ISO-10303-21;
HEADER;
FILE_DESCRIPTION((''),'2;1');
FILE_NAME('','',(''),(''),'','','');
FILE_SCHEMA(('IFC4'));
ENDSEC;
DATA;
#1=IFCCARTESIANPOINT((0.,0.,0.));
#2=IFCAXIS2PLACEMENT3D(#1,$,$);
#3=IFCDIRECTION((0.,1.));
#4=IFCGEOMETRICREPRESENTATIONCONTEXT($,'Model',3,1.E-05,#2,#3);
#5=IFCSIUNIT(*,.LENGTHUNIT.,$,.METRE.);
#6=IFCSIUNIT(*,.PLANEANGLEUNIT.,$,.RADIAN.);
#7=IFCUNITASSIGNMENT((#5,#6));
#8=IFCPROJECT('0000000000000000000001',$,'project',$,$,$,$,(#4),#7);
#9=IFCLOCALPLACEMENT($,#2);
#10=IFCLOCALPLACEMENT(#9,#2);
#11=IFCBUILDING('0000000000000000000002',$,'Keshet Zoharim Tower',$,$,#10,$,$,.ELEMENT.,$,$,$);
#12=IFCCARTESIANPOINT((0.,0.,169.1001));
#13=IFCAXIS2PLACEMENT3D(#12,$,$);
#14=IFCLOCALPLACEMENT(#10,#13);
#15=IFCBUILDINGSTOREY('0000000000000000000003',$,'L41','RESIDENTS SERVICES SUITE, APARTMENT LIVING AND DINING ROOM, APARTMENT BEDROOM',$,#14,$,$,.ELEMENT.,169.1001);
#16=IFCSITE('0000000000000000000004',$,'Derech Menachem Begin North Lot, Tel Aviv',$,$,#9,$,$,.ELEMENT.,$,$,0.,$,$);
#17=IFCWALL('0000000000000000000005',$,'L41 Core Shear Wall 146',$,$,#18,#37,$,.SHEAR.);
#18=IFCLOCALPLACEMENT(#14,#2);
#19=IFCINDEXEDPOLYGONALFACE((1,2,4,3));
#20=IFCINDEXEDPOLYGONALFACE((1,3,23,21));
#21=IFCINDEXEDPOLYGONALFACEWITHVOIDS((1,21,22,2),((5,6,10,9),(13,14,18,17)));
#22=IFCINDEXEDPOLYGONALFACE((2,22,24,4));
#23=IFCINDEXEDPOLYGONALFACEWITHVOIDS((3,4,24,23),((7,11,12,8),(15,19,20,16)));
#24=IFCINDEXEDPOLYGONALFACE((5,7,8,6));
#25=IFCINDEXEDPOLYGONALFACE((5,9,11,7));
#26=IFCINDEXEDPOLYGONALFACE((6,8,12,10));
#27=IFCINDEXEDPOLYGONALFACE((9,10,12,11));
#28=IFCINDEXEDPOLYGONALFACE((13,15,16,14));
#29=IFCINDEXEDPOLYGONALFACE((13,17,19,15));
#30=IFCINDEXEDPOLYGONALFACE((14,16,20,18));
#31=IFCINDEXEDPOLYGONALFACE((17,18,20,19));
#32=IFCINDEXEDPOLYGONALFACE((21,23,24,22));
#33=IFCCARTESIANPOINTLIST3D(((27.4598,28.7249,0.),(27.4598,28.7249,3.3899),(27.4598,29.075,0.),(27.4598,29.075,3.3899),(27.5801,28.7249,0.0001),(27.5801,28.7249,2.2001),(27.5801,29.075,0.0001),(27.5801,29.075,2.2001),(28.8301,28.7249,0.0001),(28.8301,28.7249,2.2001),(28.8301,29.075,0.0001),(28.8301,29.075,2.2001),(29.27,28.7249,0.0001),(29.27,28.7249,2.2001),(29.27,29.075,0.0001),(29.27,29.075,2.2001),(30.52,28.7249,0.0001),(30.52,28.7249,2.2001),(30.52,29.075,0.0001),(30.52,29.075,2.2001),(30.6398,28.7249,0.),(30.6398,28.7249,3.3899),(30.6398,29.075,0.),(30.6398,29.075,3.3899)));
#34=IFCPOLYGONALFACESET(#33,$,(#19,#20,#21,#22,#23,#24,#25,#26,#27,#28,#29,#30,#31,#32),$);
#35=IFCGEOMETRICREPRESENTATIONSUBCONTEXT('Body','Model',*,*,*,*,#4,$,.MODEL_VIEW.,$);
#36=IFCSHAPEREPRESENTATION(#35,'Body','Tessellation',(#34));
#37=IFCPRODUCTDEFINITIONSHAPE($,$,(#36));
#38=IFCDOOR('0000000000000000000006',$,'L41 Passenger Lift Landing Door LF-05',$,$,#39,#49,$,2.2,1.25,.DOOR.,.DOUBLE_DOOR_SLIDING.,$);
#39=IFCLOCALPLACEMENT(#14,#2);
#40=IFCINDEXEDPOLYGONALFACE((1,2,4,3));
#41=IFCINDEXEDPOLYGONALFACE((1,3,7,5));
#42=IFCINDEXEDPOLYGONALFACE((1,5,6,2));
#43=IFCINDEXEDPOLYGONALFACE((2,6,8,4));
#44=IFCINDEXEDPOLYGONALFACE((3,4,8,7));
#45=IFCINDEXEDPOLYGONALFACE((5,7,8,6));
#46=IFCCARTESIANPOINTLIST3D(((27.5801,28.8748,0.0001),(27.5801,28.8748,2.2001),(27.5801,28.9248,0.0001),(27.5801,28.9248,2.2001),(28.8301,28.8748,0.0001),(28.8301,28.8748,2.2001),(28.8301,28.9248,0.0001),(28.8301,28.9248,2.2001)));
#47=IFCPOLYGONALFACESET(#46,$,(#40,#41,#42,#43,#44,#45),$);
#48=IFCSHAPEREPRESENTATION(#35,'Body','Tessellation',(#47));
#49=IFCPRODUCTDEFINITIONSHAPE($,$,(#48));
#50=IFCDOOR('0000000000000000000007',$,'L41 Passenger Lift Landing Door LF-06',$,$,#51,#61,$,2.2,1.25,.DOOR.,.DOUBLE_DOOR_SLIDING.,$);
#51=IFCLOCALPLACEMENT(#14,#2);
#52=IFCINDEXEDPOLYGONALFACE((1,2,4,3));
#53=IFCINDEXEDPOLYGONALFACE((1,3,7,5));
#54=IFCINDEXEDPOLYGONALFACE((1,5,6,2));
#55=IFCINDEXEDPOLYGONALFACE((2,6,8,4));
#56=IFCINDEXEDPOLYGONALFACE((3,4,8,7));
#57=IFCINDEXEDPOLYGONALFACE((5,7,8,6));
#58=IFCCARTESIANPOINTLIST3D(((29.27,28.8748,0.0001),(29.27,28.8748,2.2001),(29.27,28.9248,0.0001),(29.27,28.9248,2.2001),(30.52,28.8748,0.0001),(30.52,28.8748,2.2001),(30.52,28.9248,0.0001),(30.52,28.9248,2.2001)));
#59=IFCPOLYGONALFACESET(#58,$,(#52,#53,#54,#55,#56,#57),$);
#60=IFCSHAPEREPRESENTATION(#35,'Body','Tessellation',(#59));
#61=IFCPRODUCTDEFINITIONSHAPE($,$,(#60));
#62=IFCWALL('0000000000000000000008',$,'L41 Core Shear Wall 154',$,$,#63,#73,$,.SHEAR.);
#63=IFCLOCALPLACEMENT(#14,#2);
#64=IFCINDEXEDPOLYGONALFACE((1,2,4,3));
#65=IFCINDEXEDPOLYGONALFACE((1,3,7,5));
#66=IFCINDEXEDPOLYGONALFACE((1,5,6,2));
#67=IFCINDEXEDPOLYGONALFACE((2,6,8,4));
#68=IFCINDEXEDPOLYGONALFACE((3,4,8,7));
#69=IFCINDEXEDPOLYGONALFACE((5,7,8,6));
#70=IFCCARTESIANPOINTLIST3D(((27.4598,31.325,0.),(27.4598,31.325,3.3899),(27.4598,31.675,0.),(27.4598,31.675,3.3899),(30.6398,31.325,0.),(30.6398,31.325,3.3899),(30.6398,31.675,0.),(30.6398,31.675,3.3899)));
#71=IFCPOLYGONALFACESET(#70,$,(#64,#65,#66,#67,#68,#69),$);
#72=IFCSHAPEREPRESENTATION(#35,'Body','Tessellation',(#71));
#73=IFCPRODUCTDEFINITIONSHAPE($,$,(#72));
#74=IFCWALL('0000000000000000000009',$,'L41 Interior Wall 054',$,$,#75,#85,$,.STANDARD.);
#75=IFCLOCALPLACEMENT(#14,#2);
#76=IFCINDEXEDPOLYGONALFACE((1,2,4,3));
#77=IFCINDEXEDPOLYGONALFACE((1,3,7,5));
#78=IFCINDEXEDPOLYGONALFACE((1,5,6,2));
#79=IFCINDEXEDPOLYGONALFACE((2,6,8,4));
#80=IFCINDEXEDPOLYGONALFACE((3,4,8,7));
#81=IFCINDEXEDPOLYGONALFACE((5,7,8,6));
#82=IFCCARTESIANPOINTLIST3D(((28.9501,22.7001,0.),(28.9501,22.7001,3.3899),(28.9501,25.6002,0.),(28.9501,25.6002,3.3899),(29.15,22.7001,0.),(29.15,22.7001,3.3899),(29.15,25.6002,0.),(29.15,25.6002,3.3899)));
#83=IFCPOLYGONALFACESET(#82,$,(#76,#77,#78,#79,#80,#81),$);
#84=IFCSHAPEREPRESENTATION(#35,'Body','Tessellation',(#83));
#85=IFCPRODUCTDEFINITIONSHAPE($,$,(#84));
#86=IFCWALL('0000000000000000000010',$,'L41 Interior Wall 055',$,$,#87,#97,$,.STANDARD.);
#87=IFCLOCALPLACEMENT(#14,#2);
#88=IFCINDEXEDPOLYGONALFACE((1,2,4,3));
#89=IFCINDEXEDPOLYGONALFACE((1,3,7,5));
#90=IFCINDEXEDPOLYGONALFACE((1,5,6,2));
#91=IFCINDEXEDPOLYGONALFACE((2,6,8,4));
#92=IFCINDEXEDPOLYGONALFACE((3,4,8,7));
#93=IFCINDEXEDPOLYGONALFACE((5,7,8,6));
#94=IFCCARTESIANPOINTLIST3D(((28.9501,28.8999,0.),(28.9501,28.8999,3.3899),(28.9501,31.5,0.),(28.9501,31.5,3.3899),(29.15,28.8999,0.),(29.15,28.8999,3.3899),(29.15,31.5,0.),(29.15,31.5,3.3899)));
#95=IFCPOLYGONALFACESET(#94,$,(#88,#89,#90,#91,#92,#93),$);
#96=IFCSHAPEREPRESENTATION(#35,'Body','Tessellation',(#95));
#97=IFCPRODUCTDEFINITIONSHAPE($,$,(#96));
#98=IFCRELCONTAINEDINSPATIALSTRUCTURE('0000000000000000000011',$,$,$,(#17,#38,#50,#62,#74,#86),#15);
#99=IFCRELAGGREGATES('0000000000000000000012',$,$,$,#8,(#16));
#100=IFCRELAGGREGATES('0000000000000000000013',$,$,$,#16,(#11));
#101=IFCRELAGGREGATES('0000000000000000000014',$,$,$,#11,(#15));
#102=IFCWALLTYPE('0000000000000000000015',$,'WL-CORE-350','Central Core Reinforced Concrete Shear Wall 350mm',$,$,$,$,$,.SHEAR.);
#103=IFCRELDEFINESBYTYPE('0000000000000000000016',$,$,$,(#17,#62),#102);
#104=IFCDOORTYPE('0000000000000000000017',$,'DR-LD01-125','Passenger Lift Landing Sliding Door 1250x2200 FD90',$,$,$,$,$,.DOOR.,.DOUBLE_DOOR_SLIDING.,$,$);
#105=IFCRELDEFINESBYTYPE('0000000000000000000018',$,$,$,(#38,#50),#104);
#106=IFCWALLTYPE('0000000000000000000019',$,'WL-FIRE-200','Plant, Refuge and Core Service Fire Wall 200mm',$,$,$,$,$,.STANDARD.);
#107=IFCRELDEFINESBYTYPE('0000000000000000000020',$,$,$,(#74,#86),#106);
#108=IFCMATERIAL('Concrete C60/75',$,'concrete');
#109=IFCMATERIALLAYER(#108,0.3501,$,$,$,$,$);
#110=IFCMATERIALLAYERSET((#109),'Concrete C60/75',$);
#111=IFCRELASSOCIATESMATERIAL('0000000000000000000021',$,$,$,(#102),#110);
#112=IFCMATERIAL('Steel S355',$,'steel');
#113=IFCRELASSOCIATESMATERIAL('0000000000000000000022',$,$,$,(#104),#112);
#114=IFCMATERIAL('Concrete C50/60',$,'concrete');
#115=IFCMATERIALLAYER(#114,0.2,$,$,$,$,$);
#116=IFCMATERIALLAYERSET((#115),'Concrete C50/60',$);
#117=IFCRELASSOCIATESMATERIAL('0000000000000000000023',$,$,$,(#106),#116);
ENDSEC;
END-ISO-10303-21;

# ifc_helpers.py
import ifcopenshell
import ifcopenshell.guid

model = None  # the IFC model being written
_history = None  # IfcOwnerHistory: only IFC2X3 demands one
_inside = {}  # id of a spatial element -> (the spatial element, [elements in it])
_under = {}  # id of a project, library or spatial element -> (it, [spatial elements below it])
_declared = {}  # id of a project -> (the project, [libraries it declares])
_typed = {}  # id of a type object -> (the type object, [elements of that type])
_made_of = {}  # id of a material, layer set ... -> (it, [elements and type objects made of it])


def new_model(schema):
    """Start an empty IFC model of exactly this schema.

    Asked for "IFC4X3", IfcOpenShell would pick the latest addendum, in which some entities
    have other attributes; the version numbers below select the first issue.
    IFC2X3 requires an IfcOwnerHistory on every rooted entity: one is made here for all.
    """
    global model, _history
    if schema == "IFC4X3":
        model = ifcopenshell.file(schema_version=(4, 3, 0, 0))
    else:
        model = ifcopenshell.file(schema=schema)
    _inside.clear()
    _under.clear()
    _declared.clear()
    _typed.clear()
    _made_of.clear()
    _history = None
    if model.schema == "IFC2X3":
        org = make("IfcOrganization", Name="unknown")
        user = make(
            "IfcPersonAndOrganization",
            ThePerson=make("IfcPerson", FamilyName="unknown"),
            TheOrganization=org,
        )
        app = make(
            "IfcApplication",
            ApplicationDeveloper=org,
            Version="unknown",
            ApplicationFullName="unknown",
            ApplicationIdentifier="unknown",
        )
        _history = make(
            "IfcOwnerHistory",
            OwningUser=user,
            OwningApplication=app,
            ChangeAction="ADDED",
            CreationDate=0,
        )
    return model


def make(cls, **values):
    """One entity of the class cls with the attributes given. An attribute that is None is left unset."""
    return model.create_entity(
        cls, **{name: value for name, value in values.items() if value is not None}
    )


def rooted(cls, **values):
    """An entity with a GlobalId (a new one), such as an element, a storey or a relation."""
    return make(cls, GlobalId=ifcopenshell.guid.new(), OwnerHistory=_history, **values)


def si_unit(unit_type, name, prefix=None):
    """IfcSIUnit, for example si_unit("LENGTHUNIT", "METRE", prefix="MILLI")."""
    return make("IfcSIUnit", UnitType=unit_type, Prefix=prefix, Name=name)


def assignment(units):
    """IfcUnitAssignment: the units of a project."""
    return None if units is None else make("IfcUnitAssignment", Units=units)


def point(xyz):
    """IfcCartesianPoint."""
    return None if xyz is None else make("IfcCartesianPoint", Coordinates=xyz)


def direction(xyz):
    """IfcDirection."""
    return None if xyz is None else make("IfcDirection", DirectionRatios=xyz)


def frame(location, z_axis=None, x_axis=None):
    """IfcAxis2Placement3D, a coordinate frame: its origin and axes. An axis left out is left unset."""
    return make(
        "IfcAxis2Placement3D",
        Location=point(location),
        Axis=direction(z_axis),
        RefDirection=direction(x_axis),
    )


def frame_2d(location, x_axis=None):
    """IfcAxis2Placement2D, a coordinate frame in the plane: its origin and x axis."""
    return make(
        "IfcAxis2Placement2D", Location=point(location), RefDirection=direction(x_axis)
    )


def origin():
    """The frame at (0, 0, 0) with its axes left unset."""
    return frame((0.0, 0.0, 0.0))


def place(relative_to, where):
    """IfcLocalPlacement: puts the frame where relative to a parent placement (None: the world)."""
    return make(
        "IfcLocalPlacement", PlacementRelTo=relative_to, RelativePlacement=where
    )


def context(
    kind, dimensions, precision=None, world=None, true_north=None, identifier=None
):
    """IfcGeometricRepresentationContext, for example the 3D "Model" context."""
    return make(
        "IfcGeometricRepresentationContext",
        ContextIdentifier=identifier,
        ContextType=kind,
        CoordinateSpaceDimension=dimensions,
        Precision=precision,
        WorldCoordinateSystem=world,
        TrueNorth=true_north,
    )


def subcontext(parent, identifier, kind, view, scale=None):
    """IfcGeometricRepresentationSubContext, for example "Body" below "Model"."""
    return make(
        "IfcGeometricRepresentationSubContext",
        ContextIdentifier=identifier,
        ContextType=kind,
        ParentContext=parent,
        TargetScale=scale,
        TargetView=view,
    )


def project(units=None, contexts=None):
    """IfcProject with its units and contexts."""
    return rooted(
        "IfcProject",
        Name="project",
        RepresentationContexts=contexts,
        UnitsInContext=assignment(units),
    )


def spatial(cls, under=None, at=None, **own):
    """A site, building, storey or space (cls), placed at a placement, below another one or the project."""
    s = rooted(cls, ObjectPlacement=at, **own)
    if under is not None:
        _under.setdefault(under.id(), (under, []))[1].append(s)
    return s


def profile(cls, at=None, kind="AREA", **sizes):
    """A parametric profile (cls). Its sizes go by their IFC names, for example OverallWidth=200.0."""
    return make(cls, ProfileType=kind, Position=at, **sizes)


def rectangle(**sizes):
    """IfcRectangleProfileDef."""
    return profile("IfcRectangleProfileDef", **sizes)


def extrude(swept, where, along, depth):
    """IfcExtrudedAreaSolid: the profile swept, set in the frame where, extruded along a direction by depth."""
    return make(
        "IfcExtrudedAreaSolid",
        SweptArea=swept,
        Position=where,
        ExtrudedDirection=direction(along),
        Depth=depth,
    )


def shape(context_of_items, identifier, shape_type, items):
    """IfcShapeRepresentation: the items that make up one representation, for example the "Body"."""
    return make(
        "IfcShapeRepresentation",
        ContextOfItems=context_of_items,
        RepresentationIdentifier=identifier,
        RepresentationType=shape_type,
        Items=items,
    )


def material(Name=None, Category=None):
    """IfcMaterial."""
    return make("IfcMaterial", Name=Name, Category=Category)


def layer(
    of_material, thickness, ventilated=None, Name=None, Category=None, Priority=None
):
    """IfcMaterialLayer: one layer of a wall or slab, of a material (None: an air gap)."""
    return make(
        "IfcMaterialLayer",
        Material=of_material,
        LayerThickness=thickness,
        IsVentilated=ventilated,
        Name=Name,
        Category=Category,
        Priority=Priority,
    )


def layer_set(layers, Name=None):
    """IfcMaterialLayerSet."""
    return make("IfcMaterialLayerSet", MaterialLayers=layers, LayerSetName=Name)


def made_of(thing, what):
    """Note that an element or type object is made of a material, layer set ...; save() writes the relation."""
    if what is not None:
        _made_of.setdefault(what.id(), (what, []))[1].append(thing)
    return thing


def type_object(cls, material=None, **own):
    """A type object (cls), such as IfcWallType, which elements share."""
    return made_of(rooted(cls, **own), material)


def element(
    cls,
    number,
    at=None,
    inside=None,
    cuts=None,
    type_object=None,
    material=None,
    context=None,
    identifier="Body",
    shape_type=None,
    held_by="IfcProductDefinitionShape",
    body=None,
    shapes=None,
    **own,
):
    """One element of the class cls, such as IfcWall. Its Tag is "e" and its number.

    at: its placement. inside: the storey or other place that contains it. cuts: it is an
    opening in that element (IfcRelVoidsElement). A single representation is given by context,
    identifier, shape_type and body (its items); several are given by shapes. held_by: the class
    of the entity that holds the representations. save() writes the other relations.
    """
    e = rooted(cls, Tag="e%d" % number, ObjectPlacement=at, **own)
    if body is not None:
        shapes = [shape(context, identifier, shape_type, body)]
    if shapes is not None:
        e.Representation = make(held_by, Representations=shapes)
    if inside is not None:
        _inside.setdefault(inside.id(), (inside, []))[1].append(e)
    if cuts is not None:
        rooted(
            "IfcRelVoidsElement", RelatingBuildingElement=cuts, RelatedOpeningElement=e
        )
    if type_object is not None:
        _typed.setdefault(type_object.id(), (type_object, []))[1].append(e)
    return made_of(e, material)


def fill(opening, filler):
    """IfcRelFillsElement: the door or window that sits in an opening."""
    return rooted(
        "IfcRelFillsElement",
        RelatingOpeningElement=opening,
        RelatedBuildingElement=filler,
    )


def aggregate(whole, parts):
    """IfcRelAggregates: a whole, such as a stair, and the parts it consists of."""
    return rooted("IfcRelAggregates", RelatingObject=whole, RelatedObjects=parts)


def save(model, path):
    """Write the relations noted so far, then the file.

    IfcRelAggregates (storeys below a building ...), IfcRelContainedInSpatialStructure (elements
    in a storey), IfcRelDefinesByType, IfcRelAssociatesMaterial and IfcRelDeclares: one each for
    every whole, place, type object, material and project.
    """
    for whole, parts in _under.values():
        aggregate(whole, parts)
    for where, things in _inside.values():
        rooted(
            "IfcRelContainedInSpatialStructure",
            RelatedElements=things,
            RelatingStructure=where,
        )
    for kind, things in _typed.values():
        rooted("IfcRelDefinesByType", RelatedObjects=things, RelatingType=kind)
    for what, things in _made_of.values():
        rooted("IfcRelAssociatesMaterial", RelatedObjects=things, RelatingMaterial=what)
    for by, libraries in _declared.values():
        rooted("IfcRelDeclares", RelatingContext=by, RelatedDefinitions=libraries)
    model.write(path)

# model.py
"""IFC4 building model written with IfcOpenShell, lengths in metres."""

from ifc_helpers import new_model, si_unit, direction, frame, frame_2d, origin, place, context, subcontext, project, spatial, rectangle, extrude, material, layer, layer_set, type_object, element, fill, save


model = new_model("IFC4")

# Units and contexts
model_context = context("Model", 3, precision=1e-05, world=origin(), true_north=direction((0.0, 1.0)))
body_context = subcontext(model_context, "Body", "Model", "MODEL_VIEW")
ifc_project = project(units=[si_unit("LENGTHUNIT", "METRE"), si_unit("PLANEANGLEUNIT", "RADIAN")], contexts=[model_context])

# Site, building, storey
site_placement = place(None, origin())
site = spatial("IfcSite", under=ifc_project, at=site_placement, Name="Derech Menachem Begin North Lot, Tel Aviv", CompositionType="ELEMENT", RefElevation=0.0)
building_placement = place(site_placement, origin())
building = spatial("IfcBuilding", under=site, at=building_placement, Name="Keshet Zoharim Tower", CompositionType="ELEMENT")
storey_placement = place(building_placement, frame((0.0, 0.0, 169.1001)))
storey = spatial("IfcBuildingStorey", under=building, at=storey_placement, Name="L41", Description="RESIDENTS SERVICES SUITE, APARTMENT LIVING AND DINING ROOM, APARTMENT BEDROOM", CompositionType="ELEMENT", Elevation=169.1001)

# Shared definitions
ifc_material_1 = material(Name="Steel S355", Category="steel")

# Shared definitions
ifc_material_2 = material(Name="Concrete C60/75", Category="concrete")
ifc_layer_1 = layer(ifc_material_2, 0.3501)
ifc_layer_set_1 = layer_set([ifc_layer_1], Name="Concrete C60/75")
wall_type_1 = type_object("IfcWallType", Name="WL-CORE-350", Description="Central Core Reinforced Concrete Shear Wall 350mm", PredefinedType="SHEAR", material=ifc_layer_set_1)

# Wall, openings, doors
door_type = type_object("IfcDoorType", Name="DR-LD01-125", Description="Passenger Lift Landing Sliding Door 1250x2200 FD90", OperationType="DOUBLE_DOOR_SLIDING", PredefinedType="DOOR", material=ifc_material_1)
wall_1_placement = place(storey_placement, frame((27.46, 28.8999, 0.0), z_axis=(0.0, 0.0, 1.0), x_axis=(1.0, 0.0, 0.0)))
wall_1 = element("IfcWall", 1, at=wall_1_placement, inside=storey, type_object=wall_type_1, Name="L41 Core Shear Wall 146", PredefinedType="SHEAR", context=body_context, shape_type="SweptSolid", body=[
    extrude(rectangle(XDim=3.1799, YDim=0.3501, at=frame_2d((1.5898, 0.0))), origin(), (0.0, 0.0, 1.0), 3.3899),
])
opening_1_placement = place(wall_1_placement, frame((0.1201, 0.0, 0.0)))
opening_1 = element("IfcOpeningElement", 2, at=opening_1_placement, cuts=wall_1, PredefinedType="OPENING", context=body_context, shape_type="SweptSolid", body=[
    extrude(rectangle(XDim=1.25, YDim=2.2, at=frame_2d((0.625, 1.1001))), frame((0.0, 0.1851, 0.0), z_axis=(0.0, -1.0, 0.0), x_axis=(1.0, 0.0, 0.0)), (0.0, 0.0, 1.0), 0.3701),
])
opening_2_placement = place(wall_1_placement, frame((1.8101, 0.0, 0.0)))
opening_2 = element("IfcOpeningElement", 3, at=opening_2_placement, cuts=wall_1, PredefinedType="OPENING", context=body_context, shape_type="SweptSolid", body=[
    extrude(rectangle(XDim=1.25, YDim=2.2, at=frame_2d((0.625, 1.1001))), frame((0.0, 0.1851, 0.0), z_axis=(0.0, -1.0, 0.0), x_axis=(1.0, 0.0, 0.0)), (0.0, 0.0, 1.0), 0.3701),
])
door_1_placement = place(opening_1_placement, origin())
door_1 = element("IfcDoor", 4, at=door_1_placement, inside=storey, type_object=door_type, Name="L41 Passenger Lift Landing Door LF-05", OperationType="DOUBLE_DOOR_SLIDING", OverallHeight=2.2, OverallWidth=1.25, PredefinedType="DOOR", context=body_context, shape_type="SweptSolid", body=[
    extrude(rectangle(XDim=1.25, YDim=2.2, at=frame_2d((0.625, 1.1001))), frame((0.0, 0.0249, 0.0), z_axis=(0.0, -1.0, 0.0), x_axis=(1.0, 0.0, 0.0)), (0.0, 0.0, 1.0), 0.05),
])
fill(opening_1, door_1)
door_2_placement = place(opening_2_placement, origin())
door_2 = element("IfcDoor", 5, at=door_2_placement, inside=storey, type_object=door_type, Name="L41 Passenger Lift Landing Door LF-06", OperationType="DOUBLE_DOOR_SLIDING", OverallHeight=2.2, OverallWidth=1.25, PredefinedType="DOOR", context=body_context, shape_type="SweptSolid", body=[
    extrude(rectangle(XDim=1.25, YDim=2.2, at=frame_2d((0.625, 1.1001))), frame((0.0, 0.0249, 0.0), z_axis=(0.0, -1.0, 0.0), x_axis=(1.0, 0.0, 0.0)), (0.0, 0.0, 1.0), 0.05),
])
fill(opening_2, door_2)

# Walls
wall_2_placement = place(storey_placement, frame((27.46, 31.5, 0.0), z_axis=(0.0, 0.0, 1.0), x_axis=(1.0, 0.0, 0.0)))
element("IfcWall", 6, at=wall_2_placement, inside=storey, type_object=wall_type_1, Name="L41 Core Shear Wall 154", PredefinedType="SHEAR", context=body_context, shape_type="SweptSolid", body=[
    extrude(rectangle(XDim=3.1799, YDim=0.3501, at=frame_2d((1.5898, 0.0))), origin(), (0.0, 0.0, 1.0), 3.3899),
])
ifc_material_3 = material(Name="Concrete C50/60", Category="concrete")
ifc_layer_2 = layer(ifc_material_3, 0.2)
ifc_layer_set_2 = layer_set([ifc_layer_2], Name="Concrete C50/60")
wall_type_2 = type_object("IfcWallType", Name="WL-FIRE-200", Description="Plant, Refuge and Core Service Fire Wall 200mm", PredefinedType="STANDARD", material=ifc_layer_set_2)
wall_3_placement = place(storey_placement, frame((29.05, 22.7, 0.0), z_axis=(0.0, 0.0, 1.0), x_axis=(0.0, 1.0, 0.0)))
element("IfcWall", 7, at=wall_3_placement, inside=storey, type_object=wall_type_2, Name="L41 Interior Wall 054", PredefinedType="STANDARD", context=body_context, shape_type="SweptSolid", body=[
    extrude(rectangle(XDim=2.9001, YDim=0.2, at=frame_2d((1.4502, 0.0))), origin(), (0.0, 0.0, 1.0), 3.3899),
])
wall_4_placement = place(storey_placement, frame((29.05, 28.8999, 0.0), z_axis=(0.0, 0.0, 1.0), x_axis=(0.0, 1.0, 0.0)))
element("IfcWall", 8, at=wall_4_placement, inside=storey, type_object=wall_type_2, Name="L41 Interior Wall 055", PredefinedType="STANDARD", context=body_context, shape_type="SweptSolid", body=[
    extrude(rectangle(XDim=2.6001, YDim=0.2, at=frame_2d((1.3, 0.0))), origin(), (0.0, 0.0, 1.0), 3.3899),
])

save(model, "model.ifc")
